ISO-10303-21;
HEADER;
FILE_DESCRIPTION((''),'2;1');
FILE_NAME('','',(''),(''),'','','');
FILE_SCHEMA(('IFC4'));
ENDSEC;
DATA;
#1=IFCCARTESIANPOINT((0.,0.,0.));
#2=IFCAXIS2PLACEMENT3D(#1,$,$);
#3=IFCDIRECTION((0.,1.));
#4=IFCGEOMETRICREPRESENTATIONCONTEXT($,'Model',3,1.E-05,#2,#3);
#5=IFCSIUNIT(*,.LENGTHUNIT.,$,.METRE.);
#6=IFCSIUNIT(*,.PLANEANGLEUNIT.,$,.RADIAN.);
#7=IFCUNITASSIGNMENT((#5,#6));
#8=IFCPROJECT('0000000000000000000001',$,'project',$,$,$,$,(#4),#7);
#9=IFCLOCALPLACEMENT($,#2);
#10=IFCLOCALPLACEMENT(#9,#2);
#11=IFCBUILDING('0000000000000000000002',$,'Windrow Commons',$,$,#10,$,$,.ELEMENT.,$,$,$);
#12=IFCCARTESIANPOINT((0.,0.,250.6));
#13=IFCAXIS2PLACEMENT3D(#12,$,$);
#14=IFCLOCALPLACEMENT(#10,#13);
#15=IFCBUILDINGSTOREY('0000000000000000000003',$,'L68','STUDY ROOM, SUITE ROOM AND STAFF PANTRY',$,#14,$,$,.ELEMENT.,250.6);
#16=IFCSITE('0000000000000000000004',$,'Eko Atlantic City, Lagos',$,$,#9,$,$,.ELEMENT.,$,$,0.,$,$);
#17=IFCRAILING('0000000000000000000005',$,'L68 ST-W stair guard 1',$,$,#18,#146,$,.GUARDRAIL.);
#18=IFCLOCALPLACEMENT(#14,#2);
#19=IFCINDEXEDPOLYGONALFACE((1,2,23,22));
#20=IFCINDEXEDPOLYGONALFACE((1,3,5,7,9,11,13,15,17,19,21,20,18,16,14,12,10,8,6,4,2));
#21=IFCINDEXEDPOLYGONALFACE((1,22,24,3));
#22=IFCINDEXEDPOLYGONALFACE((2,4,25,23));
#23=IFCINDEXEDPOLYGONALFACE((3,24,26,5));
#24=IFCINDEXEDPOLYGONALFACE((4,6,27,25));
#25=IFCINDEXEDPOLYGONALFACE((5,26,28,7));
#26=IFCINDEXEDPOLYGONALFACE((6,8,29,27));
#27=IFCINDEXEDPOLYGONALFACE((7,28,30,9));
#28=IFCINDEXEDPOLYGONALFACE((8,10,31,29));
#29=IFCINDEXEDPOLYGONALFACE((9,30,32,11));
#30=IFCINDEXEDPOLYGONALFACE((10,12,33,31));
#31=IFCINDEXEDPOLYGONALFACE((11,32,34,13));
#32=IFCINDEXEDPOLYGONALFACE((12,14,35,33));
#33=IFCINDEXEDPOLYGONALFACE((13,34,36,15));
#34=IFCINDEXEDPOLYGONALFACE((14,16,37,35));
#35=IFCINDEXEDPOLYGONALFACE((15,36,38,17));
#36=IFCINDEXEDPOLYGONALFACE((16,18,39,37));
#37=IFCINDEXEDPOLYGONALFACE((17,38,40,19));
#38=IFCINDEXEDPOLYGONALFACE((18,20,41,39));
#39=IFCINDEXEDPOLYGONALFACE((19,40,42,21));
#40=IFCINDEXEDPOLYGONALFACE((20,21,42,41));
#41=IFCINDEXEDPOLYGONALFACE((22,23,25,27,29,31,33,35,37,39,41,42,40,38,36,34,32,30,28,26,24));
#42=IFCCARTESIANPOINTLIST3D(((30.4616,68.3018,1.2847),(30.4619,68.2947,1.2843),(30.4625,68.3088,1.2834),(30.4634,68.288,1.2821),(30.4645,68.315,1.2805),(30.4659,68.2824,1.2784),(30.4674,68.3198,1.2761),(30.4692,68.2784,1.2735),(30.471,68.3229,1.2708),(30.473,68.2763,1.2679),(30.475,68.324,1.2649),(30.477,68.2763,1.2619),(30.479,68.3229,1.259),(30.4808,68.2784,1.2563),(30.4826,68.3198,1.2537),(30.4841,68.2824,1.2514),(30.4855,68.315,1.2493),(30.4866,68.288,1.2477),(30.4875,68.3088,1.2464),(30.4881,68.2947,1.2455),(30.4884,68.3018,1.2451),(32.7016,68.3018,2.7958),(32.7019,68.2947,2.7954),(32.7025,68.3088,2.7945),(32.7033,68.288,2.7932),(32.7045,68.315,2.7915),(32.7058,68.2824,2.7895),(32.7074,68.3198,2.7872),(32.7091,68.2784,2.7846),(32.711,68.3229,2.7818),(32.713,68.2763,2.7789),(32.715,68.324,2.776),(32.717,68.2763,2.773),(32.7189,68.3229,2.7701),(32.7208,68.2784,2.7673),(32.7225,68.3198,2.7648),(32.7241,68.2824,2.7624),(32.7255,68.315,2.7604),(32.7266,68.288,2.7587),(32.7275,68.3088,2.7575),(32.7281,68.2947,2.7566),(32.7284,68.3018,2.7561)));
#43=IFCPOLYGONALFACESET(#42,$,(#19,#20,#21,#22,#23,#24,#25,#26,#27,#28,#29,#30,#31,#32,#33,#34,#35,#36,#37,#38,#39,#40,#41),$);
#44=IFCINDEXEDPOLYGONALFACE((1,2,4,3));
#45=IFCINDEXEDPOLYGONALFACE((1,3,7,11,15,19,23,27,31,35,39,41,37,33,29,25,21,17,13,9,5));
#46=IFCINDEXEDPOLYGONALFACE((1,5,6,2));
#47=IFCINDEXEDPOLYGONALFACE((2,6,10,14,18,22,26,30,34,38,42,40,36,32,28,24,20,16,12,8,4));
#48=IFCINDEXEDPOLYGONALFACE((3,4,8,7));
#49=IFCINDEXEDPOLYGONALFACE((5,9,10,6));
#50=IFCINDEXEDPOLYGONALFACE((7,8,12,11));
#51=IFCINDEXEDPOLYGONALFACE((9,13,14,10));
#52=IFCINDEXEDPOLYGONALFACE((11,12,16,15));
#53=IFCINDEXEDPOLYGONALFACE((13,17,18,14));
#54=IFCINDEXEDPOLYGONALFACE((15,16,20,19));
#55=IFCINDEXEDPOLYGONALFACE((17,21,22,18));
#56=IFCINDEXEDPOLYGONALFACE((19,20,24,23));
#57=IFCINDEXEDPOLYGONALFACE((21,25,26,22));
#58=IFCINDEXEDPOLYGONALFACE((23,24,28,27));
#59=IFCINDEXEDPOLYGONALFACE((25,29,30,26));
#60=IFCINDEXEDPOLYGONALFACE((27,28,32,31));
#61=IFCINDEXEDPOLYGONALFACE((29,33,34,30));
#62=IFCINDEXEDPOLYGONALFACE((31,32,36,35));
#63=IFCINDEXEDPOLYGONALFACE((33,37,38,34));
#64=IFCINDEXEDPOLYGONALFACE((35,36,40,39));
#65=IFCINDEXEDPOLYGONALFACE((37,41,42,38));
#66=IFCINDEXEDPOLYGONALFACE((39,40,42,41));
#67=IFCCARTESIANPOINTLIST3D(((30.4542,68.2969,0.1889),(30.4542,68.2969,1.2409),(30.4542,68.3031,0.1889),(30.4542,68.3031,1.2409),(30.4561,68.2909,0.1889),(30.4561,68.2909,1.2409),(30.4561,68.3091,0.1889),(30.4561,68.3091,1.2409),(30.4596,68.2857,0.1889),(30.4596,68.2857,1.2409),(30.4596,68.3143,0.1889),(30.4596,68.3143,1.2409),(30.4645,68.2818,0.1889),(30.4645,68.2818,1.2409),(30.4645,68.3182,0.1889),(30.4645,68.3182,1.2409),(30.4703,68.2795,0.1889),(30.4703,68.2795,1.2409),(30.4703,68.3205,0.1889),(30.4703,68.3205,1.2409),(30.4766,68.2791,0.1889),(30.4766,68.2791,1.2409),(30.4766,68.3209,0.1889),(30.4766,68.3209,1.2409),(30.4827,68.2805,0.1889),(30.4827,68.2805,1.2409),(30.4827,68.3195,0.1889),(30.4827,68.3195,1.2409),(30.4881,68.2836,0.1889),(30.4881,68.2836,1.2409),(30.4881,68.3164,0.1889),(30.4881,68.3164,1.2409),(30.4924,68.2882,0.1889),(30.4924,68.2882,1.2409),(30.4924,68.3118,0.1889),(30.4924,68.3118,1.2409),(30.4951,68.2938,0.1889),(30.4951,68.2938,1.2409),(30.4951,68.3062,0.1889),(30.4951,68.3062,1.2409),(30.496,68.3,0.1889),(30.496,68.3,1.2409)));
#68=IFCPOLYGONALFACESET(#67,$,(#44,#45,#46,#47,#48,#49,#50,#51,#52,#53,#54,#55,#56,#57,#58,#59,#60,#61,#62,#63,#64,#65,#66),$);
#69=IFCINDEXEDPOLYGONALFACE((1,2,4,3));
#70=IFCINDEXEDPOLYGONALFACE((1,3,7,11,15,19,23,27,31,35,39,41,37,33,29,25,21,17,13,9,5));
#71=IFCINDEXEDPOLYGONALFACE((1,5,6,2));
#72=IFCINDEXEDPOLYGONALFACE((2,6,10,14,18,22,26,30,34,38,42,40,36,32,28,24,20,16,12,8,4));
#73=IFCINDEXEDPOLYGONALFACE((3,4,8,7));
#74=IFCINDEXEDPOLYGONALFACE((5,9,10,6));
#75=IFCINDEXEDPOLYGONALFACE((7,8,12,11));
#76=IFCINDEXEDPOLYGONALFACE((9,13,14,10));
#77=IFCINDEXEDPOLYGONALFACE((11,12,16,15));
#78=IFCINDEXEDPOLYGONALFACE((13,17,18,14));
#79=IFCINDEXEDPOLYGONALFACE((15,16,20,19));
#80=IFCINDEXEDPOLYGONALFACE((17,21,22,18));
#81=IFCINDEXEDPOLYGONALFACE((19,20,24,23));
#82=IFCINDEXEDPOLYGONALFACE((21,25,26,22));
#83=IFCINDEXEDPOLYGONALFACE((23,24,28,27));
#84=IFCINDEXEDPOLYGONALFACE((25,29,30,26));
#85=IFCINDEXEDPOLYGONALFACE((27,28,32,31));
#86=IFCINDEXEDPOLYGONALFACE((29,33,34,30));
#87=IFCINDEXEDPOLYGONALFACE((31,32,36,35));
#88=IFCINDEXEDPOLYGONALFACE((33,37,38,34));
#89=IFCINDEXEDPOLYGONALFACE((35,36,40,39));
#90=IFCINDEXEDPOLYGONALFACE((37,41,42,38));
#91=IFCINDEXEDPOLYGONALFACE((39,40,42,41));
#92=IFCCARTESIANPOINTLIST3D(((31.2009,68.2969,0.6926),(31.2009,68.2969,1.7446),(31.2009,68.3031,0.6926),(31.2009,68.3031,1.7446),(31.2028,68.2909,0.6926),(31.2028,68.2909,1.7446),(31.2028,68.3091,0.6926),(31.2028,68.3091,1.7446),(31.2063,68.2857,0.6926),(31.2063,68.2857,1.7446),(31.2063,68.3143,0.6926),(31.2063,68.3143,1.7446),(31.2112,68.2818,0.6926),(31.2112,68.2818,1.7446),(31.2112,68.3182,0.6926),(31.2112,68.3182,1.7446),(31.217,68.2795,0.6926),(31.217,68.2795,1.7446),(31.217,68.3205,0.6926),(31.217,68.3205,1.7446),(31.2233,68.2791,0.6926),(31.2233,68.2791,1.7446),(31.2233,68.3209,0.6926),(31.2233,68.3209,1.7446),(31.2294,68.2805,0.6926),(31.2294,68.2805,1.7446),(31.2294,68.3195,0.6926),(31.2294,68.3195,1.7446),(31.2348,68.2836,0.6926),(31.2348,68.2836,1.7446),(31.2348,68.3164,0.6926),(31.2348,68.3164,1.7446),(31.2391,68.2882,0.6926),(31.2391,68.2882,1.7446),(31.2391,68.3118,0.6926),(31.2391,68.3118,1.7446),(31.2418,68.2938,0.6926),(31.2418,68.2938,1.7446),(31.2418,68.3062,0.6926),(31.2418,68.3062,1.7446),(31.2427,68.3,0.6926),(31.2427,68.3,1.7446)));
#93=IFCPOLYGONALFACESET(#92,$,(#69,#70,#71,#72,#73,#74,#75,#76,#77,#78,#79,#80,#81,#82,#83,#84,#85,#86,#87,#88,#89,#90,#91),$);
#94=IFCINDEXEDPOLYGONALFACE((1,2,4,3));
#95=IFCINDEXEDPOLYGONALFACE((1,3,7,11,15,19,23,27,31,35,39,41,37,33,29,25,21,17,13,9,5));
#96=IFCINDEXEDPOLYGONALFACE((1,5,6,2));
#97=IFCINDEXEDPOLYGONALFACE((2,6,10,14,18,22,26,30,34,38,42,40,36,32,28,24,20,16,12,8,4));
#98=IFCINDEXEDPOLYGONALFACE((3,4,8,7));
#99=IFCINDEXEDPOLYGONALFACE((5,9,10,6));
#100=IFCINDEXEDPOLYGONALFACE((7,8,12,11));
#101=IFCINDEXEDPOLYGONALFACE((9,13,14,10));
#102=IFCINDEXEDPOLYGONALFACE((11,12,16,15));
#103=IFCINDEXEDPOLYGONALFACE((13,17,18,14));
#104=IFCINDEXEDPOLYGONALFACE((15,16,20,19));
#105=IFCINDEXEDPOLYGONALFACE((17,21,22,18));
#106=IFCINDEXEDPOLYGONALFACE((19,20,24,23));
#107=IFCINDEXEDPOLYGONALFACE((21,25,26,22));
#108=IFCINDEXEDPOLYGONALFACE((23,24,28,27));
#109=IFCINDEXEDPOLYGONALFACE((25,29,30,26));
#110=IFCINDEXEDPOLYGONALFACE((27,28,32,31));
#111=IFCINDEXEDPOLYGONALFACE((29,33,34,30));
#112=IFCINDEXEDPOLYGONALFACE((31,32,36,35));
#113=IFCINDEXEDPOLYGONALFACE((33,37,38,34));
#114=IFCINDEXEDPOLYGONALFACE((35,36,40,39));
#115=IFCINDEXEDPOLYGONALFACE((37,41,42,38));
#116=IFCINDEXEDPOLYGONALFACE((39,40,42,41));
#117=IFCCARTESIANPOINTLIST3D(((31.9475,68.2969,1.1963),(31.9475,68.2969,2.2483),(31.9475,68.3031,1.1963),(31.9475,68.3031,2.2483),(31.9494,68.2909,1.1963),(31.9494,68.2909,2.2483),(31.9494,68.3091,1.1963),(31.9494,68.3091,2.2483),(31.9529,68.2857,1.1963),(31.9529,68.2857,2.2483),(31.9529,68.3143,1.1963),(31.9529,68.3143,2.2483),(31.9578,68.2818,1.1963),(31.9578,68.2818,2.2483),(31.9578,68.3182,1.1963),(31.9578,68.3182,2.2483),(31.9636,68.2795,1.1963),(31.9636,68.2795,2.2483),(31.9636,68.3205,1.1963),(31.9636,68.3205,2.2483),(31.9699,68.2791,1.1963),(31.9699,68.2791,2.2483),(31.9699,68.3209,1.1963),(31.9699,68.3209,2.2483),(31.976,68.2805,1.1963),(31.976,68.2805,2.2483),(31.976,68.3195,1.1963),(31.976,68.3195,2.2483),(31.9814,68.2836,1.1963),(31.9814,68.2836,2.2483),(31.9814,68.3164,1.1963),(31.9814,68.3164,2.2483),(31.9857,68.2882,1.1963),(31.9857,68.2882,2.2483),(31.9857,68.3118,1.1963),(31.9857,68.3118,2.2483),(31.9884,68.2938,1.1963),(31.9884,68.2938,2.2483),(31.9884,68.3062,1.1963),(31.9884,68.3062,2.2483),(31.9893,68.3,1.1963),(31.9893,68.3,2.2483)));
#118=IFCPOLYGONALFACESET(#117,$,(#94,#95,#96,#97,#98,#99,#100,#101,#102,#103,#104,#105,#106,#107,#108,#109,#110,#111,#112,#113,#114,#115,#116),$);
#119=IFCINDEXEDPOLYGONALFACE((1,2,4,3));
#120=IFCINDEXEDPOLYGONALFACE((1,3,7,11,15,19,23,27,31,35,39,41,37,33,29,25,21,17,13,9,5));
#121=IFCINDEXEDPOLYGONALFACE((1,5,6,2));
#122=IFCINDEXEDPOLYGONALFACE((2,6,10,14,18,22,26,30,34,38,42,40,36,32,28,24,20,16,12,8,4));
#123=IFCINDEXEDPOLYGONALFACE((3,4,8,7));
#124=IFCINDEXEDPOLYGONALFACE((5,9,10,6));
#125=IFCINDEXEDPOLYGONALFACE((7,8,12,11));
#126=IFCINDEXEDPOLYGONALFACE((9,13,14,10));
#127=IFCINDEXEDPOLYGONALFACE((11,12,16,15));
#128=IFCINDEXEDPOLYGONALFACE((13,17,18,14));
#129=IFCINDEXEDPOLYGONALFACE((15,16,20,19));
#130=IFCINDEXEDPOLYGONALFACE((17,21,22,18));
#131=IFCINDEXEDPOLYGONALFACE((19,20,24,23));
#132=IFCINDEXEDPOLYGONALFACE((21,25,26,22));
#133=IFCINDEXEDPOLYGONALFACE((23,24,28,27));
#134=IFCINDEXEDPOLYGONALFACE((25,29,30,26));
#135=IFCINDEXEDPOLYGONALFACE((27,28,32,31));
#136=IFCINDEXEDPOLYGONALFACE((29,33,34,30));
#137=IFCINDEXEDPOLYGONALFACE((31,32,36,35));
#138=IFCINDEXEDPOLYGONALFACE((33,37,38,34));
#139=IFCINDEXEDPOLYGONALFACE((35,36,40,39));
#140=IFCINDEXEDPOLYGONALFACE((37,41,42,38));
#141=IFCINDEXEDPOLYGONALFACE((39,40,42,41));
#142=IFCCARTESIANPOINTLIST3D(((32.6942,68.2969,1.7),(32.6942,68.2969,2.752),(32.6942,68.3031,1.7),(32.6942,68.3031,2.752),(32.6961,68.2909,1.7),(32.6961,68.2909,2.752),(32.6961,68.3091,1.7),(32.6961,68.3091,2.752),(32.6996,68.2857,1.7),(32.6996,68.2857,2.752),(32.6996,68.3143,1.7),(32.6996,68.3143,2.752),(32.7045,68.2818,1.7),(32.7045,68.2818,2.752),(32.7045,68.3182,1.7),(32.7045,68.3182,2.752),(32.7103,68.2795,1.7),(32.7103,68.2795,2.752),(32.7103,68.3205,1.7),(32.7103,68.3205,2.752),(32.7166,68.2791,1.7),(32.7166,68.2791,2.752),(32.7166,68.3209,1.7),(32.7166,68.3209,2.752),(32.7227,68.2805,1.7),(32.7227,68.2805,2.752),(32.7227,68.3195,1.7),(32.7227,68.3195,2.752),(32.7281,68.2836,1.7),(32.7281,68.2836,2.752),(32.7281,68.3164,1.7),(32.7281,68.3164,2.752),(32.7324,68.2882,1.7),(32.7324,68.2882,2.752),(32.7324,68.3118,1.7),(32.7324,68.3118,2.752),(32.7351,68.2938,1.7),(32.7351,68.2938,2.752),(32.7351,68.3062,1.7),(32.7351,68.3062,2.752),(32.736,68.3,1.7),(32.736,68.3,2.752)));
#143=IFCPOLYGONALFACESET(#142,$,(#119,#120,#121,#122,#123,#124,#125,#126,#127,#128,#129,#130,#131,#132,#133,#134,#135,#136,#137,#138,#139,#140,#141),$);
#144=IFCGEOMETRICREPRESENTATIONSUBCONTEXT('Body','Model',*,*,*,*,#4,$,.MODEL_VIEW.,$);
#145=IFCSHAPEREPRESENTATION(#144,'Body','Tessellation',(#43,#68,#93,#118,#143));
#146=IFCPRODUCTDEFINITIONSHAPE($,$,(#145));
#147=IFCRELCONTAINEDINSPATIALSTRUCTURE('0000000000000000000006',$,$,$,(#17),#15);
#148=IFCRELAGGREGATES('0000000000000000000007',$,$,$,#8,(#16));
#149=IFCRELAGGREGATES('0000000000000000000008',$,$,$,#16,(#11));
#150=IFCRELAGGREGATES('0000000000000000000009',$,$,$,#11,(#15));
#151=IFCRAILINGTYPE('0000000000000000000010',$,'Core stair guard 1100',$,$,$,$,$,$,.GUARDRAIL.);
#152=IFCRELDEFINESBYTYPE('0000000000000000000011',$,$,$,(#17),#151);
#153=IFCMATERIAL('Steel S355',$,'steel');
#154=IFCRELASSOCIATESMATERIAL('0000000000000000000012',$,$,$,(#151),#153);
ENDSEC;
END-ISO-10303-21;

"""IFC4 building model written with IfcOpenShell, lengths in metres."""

from ifc_helpers import new_model, si_unit, direction, frame, origin, origin_2d, place, context, subcontext, project, spatial, circle, extrude, material, type_object, element, save


model = new_model("IFC4")

# Units and contexts
model_context = context("Model", 3, precision=1e-05, world=origin(), true_north=direction((0.0, 1.0)))
body_context = subcontext(model_context, "Body", "Model", "MODEL_VIEW")
ifc_project = project(units=[si_unit("LENGTHUNIT", "METRE"), si_unit("PLANEANGLEUNIT", "RADIAN")], contexts=[model_context])

# Site, building, storey
site_placement = place(None, origin())
site = spatial("IfcSite", under=ifc_project, at=site_placement, Name="Eko Atlantic City, Lagos", CompositionType="ELEMENT", RefElevation=0.0)
building_placement = place(site_placement, origin())
building = spatial("IfcBuilding", under=site, at=building_placement, Name="Windrow Commons", CompositionType="ELEMENT")
storey_placement = place(building_placement, frame((0.0, 0.0, 250.6)))
storey = spatial("IfcBuildingStorey", under=building, at=storey_placement, Name="L68", Description="STUDY ROOM, SUITE ROOM AND STAFF PANTRY", CompositionType="ELEMENT", Elevation=250.6)

# Railing
ifc_material_1 = material(Name="Steel S355", Category="steel")
railing_type_1 = type_object("IfcRailingType", Name="Core stair guard 1100", PredefinedType="GUARDRAIL", material=ifc_material_1)
railing_1_placement = place(storey_placement, frame((30.475, 68.3, 0.1889)))
element("IfcRailing", 1, at=railing_1_placement, inside=storey, type_object=railing_type_1, Name="L68 ST-W stair guard 1", PredefinedType="GUARDRAIL", context=body_context, shape_type="SweptSolid", body=[
    extrude(circle(Radius=0.024, at=origin_2d()), frame((0.0, 0.0, 1.076), z_axis=(0.829003, 0.0, 0.559244), x_axis=(0.0, 1.0, 0.0)), (0.0, 0.0, 1.0), 2.702),
    extrude(circle(Radius=0.021, at=origin_2d()), origin(), (0.0, 0.0, 1.0), 1.052),
    extrude(circle(Radius=0.021, at=origin_2d()), frame((0.7467, 0.0, 0.5037)), (0.0, 0.0, 1.0), 1.052),
    extrude(circle(Radius=0.021, at=origin_2d()), frame((1.4933, 0.0, 1.0074)), (0.0, 0.0, 1.0), 1.052),
    extrude(circle(Radius=0.021, at=origin_2d()), frame((2.24, 0.0, 1.5111)), (0.0, 0.0, 1.0), 1.052),
])

save(model, "model.ifc")
